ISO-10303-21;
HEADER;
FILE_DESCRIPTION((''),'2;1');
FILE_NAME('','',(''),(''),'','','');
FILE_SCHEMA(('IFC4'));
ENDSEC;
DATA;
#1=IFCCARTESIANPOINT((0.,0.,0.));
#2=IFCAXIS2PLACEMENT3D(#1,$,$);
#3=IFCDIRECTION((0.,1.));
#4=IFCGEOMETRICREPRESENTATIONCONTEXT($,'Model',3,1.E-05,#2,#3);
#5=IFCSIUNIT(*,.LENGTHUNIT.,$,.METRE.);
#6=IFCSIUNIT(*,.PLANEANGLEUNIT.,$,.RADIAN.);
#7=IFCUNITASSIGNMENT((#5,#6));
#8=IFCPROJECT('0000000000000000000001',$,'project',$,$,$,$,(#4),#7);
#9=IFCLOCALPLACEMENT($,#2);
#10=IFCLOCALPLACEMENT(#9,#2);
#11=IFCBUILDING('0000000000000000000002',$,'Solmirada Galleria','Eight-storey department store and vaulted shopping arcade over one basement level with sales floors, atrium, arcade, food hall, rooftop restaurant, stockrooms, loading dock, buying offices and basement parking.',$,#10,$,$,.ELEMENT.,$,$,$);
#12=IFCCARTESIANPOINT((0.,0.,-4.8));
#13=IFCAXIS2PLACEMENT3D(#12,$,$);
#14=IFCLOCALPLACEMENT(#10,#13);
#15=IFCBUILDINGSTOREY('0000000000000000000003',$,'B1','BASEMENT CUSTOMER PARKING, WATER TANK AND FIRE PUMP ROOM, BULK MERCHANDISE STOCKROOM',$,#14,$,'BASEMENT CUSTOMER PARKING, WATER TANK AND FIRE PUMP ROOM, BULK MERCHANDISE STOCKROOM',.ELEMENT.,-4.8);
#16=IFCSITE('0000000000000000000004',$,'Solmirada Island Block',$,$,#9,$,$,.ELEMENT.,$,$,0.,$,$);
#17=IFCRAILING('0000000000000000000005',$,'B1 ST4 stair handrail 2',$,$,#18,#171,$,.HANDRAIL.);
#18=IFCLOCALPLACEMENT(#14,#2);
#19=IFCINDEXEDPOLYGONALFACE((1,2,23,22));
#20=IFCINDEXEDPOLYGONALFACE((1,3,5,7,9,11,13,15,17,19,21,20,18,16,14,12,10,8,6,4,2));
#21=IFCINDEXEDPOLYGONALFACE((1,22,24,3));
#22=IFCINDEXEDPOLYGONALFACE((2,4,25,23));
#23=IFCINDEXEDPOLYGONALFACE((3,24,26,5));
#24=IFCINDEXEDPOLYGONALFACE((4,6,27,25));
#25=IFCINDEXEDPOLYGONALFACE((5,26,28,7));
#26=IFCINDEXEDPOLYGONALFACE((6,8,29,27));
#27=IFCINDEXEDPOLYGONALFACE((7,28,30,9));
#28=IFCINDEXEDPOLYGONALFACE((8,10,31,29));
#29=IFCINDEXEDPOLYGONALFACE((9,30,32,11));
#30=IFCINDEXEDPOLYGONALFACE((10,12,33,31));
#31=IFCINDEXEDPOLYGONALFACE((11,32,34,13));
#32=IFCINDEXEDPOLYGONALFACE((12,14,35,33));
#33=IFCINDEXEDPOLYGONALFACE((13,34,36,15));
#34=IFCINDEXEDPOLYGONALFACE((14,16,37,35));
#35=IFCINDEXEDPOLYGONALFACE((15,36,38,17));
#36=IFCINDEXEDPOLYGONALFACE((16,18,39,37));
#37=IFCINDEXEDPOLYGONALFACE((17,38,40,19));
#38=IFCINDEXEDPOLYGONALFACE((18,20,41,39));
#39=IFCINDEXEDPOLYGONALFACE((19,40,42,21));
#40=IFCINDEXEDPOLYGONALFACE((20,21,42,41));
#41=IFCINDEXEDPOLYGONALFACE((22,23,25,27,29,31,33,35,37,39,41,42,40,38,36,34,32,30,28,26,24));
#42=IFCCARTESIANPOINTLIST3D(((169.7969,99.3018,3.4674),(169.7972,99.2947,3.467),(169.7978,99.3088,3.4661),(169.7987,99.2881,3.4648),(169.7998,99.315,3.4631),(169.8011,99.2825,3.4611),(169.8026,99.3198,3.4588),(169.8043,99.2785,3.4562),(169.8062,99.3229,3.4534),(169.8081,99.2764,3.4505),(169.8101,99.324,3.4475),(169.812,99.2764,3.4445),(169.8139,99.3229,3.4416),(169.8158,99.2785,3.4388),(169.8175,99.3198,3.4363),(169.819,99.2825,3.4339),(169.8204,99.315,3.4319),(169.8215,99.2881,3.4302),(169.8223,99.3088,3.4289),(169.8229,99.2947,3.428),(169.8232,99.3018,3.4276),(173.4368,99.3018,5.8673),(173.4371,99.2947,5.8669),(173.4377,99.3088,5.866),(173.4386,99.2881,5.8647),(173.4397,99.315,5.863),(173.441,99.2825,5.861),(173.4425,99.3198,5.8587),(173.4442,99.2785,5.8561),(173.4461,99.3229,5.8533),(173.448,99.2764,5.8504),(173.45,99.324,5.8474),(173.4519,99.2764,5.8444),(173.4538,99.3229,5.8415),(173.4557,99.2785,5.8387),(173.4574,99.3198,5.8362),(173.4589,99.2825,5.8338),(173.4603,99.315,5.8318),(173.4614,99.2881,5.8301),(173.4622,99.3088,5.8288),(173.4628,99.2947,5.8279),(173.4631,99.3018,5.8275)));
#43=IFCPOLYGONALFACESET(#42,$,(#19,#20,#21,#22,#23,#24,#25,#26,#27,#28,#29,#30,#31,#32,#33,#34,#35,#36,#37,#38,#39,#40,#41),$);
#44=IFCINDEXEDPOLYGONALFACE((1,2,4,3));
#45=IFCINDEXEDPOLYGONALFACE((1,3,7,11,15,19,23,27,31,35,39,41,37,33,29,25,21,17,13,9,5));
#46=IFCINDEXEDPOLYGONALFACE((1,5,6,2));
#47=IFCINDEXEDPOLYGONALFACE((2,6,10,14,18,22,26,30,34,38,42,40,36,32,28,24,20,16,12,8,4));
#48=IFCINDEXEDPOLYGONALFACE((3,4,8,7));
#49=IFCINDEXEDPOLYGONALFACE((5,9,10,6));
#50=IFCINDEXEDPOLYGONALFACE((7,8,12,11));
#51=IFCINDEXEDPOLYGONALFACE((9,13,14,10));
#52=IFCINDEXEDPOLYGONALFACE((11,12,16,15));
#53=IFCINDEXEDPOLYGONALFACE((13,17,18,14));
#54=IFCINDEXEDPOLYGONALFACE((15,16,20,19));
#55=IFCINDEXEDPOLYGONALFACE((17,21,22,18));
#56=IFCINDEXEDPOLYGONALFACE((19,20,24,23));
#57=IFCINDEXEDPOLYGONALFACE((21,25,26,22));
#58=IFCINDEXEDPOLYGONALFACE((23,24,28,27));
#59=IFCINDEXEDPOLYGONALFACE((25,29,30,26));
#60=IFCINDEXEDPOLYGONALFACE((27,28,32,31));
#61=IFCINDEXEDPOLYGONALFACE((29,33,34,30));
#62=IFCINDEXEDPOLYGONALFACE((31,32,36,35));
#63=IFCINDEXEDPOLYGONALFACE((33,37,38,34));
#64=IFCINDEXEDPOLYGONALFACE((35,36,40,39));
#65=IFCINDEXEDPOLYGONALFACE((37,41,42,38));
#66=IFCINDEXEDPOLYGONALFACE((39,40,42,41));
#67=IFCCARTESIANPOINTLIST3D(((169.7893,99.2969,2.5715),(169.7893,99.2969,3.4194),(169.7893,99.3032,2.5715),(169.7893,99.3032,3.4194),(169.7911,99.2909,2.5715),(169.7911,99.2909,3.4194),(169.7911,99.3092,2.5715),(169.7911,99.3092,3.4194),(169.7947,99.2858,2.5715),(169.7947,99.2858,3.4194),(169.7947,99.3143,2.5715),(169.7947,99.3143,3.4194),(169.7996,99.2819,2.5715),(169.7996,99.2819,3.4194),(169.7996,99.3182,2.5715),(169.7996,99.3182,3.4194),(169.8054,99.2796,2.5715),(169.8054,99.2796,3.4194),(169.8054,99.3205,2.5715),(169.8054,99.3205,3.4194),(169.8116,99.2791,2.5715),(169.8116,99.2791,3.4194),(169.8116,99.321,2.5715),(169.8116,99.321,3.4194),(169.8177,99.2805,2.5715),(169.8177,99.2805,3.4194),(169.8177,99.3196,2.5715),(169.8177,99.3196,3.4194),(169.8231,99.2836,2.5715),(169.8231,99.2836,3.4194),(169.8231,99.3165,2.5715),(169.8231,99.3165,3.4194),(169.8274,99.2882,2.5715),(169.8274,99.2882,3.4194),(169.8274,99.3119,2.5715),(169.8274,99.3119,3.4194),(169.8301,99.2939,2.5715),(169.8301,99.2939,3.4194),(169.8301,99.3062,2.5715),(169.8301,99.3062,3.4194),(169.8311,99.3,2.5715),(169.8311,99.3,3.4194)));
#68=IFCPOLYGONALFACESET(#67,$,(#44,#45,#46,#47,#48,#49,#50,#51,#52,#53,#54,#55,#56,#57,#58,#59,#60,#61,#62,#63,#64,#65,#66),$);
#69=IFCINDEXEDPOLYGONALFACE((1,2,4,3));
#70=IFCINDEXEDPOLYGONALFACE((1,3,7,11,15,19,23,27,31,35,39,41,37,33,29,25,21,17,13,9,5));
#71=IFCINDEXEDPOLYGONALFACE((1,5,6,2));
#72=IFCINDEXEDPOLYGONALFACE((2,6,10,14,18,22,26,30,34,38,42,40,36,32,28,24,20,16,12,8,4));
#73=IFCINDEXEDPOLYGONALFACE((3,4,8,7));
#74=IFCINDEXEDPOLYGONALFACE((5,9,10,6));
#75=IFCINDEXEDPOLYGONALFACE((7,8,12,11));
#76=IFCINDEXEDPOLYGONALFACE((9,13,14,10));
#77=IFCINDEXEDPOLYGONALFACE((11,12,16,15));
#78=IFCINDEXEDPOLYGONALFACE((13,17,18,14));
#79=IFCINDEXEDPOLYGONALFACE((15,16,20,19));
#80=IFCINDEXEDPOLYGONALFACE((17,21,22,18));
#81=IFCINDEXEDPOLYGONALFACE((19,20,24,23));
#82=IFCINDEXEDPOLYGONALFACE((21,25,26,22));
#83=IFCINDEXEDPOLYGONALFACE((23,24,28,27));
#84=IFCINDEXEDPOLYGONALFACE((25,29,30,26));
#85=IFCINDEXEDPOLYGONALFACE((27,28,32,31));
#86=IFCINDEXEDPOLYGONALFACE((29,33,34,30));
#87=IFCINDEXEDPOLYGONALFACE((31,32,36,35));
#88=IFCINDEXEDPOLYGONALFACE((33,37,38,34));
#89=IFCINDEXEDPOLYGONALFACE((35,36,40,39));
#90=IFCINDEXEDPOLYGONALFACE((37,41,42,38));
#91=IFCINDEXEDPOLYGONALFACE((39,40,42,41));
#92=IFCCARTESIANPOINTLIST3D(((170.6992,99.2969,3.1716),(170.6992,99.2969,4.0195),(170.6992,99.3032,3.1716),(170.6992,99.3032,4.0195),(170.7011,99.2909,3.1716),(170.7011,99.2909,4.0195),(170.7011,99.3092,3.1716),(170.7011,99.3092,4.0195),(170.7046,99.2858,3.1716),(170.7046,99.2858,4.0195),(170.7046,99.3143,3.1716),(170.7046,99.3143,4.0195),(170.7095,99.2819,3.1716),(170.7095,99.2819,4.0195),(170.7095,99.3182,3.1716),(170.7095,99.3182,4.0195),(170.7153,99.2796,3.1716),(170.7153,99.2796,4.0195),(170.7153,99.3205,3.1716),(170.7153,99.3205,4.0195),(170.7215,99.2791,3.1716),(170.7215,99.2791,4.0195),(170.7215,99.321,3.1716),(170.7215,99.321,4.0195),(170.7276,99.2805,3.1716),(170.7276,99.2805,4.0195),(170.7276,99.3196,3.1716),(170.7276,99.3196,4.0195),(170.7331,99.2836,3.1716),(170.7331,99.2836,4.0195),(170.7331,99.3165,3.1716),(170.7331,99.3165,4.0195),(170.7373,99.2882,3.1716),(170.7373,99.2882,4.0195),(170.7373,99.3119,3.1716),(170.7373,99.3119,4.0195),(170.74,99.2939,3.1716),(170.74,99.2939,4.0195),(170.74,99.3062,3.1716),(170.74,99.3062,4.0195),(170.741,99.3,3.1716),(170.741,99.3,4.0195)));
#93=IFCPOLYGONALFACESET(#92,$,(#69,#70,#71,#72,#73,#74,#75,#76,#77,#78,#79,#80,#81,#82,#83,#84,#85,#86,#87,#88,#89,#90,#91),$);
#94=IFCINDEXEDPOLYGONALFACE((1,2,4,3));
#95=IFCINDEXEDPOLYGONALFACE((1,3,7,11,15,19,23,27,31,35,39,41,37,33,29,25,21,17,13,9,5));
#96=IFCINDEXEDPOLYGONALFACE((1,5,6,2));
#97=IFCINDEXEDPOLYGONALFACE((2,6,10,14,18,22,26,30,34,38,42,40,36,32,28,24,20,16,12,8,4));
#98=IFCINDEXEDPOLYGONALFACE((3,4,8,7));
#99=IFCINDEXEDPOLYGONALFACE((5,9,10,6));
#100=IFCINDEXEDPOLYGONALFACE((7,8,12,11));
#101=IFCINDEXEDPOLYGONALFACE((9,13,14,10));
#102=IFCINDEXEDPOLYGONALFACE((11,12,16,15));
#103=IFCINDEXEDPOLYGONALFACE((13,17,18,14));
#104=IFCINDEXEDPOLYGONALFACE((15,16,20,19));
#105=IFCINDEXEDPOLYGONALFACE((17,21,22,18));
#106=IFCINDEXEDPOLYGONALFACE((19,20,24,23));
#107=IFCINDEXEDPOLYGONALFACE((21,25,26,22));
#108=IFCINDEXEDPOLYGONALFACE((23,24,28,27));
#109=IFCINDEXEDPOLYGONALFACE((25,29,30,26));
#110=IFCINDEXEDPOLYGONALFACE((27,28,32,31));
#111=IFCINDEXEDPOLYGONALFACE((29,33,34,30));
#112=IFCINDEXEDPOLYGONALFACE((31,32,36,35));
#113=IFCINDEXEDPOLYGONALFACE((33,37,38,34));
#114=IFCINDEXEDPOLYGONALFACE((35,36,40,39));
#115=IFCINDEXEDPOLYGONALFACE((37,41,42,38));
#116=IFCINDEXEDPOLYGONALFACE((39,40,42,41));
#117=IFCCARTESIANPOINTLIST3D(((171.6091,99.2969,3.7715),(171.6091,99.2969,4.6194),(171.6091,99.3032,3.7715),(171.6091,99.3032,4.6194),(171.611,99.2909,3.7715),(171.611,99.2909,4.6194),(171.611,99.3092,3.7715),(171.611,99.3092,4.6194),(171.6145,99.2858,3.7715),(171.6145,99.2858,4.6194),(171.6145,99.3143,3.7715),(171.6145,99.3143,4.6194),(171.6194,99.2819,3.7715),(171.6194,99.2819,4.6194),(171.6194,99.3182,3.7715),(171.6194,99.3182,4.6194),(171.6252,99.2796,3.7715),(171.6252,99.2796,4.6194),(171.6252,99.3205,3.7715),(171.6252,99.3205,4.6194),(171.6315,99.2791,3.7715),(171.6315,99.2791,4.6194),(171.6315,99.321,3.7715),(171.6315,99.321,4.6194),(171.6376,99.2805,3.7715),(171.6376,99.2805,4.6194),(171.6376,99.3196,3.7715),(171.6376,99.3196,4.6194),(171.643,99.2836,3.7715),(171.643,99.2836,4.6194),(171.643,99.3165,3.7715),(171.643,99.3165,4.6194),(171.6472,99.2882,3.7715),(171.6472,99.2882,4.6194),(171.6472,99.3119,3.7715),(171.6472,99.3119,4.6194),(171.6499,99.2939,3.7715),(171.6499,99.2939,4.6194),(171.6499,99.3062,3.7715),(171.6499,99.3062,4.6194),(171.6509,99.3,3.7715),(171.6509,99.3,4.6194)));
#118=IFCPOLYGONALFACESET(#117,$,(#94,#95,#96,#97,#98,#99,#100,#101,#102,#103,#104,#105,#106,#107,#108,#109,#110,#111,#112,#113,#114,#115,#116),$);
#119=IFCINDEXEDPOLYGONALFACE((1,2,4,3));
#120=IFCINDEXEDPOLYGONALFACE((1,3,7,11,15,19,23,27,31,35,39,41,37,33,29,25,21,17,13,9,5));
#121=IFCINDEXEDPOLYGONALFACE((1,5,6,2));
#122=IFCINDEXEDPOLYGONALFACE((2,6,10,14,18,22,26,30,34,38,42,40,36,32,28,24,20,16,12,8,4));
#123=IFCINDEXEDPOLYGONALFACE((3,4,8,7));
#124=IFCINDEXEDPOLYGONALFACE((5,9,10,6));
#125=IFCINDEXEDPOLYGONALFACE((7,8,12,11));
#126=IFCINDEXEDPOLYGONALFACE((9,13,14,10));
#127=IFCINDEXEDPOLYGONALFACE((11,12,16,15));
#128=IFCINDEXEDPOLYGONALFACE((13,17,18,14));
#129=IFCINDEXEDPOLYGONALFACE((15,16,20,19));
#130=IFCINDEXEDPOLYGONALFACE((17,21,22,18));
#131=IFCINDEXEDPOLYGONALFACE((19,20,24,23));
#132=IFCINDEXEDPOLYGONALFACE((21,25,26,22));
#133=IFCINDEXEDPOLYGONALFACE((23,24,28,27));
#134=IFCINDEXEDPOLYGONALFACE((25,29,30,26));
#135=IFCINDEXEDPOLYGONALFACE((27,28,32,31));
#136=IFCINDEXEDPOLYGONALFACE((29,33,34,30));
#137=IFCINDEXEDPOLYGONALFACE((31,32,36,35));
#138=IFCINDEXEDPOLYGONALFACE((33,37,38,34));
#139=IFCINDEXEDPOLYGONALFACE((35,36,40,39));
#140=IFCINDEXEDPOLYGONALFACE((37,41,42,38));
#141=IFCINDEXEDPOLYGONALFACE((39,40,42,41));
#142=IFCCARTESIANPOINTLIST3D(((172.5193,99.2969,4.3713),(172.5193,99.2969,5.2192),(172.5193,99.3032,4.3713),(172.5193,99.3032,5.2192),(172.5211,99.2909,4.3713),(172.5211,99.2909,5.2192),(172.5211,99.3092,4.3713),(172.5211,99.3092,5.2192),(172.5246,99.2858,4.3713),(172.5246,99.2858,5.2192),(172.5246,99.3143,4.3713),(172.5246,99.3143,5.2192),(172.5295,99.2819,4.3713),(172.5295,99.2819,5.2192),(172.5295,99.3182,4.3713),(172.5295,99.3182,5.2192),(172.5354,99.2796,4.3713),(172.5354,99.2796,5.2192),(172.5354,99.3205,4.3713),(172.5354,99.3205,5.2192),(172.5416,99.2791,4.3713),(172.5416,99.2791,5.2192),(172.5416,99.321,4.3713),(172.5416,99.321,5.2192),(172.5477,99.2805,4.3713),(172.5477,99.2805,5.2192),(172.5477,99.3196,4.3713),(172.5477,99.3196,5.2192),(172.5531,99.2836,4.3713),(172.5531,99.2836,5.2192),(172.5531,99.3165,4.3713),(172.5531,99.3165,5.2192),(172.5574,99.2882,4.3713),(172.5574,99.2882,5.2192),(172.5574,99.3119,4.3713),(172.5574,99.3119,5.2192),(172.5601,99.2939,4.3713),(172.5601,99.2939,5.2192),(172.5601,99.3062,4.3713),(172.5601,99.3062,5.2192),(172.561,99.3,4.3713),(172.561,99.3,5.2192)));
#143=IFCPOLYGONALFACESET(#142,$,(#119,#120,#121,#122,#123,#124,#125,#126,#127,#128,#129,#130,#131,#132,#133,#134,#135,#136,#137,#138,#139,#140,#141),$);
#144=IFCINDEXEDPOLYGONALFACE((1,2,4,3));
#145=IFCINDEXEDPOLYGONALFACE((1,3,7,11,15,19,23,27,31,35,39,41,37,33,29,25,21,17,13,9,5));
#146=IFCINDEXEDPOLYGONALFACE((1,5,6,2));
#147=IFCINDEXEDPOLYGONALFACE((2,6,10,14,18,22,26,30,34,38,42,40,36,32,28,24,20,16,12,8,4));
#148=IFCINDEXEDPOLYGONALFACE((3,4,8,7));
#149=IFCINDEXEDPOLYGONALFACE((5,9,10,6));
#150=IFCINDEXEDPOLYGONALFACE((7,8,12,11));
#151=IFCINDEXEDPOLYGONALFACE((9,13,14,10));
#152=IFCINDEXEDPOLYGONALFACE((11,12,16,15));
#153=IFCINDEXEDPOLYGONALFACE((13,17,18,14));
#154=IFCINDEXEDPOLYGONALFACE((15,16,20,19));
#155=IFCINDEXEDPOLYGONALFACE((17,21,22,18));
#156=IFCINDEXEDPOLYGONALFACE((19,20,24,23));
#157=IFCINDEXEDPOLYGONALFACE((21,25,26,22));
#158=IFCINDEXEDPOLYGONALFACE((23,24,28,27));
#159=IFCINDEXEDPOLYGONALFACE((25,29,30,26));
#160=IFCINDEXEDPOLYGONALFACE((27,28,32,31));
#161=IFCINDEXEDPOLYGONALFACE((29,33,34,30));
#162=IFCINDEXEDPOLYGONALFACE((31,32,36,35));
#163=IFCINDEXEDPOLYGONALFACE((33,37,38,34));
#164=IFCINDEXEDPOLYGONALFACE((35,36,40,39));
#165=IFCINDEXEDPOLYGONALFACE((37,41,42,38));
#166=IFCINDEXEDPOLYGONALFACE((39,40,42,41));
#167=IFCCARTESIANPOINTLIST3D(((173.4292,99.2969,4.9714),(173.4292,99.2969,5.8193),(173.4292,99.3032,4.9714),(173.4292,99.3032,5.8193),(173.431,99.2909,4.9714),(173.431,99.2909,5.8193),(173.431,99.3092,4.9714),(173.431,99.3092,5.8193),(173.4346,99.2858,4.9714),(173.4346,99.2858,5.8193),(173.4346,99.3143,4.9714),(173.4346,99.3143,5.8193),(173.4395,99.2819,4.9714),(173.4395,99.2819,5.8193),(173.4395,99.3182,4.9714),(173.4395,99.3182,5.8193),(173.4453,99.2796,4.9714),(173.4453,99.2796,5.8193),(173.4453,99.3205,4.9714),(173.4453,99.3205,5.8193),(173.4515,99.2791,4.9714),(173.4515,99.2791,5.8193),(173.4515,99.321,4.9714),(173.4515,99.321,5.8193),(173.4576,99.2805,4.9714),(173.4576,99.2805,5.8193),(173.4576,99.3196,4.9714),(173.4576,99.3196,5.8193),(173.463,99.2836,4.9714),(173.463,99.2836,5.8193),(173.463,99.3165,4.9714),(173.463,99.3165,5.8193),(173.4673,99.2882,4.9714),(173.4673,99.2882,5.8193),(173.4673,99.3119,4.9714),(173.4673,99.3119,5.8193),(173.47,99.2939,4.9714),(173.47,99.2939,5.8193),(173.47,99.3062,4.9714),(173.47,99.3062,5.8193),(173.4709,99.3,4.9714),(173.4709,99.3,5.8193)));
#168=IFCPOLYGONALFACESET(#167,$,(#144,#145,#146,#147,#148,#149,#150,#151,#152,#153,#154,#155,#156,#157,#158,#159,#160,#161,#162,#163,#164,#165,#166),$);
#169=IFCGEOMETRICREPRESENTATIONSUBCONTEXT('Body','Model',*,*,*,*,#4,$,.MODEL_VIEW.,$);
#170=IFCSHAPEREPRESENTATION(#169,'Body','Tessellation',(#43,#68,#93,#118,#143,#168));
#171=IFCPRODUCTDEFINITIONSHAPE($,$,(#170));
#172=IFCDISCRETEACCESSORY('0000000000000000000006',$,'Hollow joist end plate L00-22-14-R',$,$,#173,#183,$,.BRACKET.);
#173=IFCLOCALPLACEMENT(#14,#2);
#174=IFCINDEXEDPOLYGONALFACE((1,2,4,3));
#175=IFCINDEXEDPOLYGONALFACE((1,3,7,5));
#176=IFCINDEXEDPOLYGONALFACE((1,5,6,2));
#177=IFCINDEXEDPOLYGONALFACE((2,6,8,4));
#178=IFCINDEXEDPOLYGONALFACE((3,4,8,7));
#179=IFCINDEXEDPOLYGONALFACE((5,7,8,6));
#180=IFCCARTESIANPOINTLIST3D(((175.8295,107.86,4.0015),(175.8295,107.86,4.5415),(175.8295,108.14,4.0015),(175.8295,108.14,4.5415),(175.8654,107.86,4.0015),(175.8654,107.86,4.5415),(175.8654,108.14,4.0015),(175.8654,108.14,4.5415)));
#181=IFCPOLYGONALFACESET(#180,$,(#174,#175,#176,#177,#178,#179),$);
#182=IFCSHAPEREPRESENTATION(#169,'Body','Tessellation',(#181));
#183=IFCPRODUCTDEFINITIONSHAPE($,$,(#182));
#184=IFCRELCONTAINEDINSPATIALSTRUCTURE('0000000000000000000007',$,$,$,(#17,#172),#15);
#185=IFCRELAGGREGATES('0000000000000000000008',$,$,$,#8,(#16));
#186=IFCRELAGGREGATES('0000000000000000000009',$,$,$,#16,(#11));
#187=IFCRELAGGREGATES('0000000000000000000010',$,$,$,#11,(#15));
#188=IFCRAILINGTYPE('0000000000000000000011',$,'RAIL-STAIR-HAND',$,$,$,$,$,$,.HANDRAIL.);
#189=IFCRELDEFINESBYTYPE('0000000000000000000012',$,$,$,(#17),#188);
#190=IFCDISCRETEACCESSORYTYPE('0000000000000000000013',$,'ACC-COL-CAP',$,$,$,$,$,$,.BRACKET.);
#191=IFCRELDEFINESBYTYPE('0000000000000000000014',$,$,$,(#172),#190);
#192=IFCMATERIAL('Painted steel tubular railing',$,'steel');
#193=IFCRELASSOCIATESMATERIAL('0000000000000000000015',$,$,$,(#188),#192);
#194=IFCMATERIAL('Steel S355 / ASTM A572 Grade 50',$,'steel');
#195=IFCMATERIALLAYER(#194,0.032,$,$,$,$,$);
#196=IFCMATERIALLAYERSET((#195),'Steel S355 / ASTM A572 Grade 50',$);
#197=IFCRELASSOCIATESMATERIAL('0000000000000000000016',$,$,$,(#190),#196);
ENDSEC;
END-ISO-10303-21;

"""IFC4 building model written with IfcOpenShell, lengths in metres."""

from ifc_helpers import new_model, si_unit, direction, frame, origin, origin_2d, place, context, subcontext, project, spatial, rectangle, circle, extrude, material, layer, layer_set, type_object, element, save


model = new_model("IFC4")

# Units and contexts
model_context = context("Model", 3, precision=1e-05, world=origin(), true_north=direction((0.0, 1.0)))
body_context = subcontext(model_context, "Body", "Model", "MODEL_VIEW")
ifc_project = project(units=[si_unit("LENGTHUNIT", "METRE"), si_unit("PLANEANGLEUNIT", "RADIAN")], contexts=[model_context])

# Site, building, storey
site_placement = place(None, origin())
site = spatial("IfcSite", under=ifc_project, at=site_placement, Name="Solmirada Island Block", CompositionType="ELEMENT", RefElevation=0.0)
building_placement = place(site_placement, origin())
building = spatial("IfcBuilding", under=site, at=building_placement, Name="Solmirada Galleria", Description="Eight-storey department store and vaulted shopping arcade over one basement level with sales floors, atrium, arcade, food hall, rooftop restaurant, stockrooms, loading dock, buying offices and basement parking.", CompositionType="ELEMENT")
storey_placement = place(building_placement, frame((0.0, 0.0, -4.8)))
storey = spatial("IfcBuildingStorey", under=building, at=storey_placement, Name="B1", Description="BASEMENT CUSTOMER PARKING, WATER TANK AND FIRE PUMP ROOM, BULK MERCHANDISE STOCKROOM", LongName="BASEMENT CUSTOMER PARKING, WATER TANK AND FIRE PUMP ROOM, BULK MERCHANDISE STOCKROOM", CompositionType="ELEMENT", Elevation=-4.8)

# Railing
ifc_material_1 = material(Name="Painted steel tubular railing", Category="steel")
railing_type_1 = type_object("IfcRailingType", Name="RAIL-STAIR-HAND", PredefinedType="HANDRAIL", material=ifc_material_1)
railing_1_placement = place(storey_placement, frame((169.8101, 99.3, 2.5715)))
element("IfcRailing", 1, at=railing_1_placement, inside=storey, type_object=railing_type_1, Name="B1 ST4 stair handrail 2", PredefinedType="HANDRAIL", context=body_context, shape_type="SweptSolid", body=[
    extrude(circle(Radius=0.0239, at=origin_2d()), frame((0.0, 0.0, 0.876), z_axis=(0.834865, 0.0, 0.550454), x_axis=(0.0, 1.0, 0.0)), (0.0, 0.0, 1.0), 4.3599),
    extrude(circle(Radius=0.021, at=origin_2d()), origin(), (0.0, 0.0, 1.0), 0.8479),
    extrude(circle(Radius=0.021, at=origin_2d()), frame((0.9099, 0.0, 0.6001)), (0.0, 0.0, 1.0), 0.8479),
    extrude(circle(Radius=0.021, at=origin_2d()), frame((1.8198, 0.0, 1.2)), (0.0, 0.0, 1.0), 0.8479),
    extrude(circle(Radius=0.021, at=origin_2d()), frame((2.73, 0.0, 1.7998)), (0.0, 0.0, 1.0), 0.8479),
    extrude(circle(Radius=0.021, at=origin_2d()), frame((3.6399, 0.0, 2.3999)), (0.0, 0.0, 1.0), 0.8479),
])

# Discrete accessory
ifc_material_2 = material(Name="Steel S355 / ASTM A572 Grade 50", Category="steel")
ifc_layer_1 = layer(ifc_material_2, 0.032)
ifc_layer_set_1 = layer_set([ifc_layer_1], Name="Steel S355 / ASTM A572 Grade 50")
discrete_accessory_type = type_object("IfcDiscreteAccessoryType", Name="ACC-COL-CAP", PredefinedType="BRACKET", material=ifc_layer_set_1)
discrete_accessory_placement = place(storey_placement, frame((175.8474, 108.0, 4.0015), z_axis=(0.0, 0.0, 1.0), x_axis=(1.0, 0.0, 0.0)))
element("IfcDiscreteAccessory", 2, at=discrete_accessory_placement, inside=storey, type_object=discrete_accessory_type, Name="Hollow joist end plate L00-22-14-R", PredefinedType="BRACKET", context=body_context, shape_type="SweptSolid", body=[
    extrude(rectangle(XDim=0.0359, YDim=0.28, at=origin_2d()), origin(), (0.0, 0.0, 1.0), 0.54),
])

save(model, "model.ifc")
